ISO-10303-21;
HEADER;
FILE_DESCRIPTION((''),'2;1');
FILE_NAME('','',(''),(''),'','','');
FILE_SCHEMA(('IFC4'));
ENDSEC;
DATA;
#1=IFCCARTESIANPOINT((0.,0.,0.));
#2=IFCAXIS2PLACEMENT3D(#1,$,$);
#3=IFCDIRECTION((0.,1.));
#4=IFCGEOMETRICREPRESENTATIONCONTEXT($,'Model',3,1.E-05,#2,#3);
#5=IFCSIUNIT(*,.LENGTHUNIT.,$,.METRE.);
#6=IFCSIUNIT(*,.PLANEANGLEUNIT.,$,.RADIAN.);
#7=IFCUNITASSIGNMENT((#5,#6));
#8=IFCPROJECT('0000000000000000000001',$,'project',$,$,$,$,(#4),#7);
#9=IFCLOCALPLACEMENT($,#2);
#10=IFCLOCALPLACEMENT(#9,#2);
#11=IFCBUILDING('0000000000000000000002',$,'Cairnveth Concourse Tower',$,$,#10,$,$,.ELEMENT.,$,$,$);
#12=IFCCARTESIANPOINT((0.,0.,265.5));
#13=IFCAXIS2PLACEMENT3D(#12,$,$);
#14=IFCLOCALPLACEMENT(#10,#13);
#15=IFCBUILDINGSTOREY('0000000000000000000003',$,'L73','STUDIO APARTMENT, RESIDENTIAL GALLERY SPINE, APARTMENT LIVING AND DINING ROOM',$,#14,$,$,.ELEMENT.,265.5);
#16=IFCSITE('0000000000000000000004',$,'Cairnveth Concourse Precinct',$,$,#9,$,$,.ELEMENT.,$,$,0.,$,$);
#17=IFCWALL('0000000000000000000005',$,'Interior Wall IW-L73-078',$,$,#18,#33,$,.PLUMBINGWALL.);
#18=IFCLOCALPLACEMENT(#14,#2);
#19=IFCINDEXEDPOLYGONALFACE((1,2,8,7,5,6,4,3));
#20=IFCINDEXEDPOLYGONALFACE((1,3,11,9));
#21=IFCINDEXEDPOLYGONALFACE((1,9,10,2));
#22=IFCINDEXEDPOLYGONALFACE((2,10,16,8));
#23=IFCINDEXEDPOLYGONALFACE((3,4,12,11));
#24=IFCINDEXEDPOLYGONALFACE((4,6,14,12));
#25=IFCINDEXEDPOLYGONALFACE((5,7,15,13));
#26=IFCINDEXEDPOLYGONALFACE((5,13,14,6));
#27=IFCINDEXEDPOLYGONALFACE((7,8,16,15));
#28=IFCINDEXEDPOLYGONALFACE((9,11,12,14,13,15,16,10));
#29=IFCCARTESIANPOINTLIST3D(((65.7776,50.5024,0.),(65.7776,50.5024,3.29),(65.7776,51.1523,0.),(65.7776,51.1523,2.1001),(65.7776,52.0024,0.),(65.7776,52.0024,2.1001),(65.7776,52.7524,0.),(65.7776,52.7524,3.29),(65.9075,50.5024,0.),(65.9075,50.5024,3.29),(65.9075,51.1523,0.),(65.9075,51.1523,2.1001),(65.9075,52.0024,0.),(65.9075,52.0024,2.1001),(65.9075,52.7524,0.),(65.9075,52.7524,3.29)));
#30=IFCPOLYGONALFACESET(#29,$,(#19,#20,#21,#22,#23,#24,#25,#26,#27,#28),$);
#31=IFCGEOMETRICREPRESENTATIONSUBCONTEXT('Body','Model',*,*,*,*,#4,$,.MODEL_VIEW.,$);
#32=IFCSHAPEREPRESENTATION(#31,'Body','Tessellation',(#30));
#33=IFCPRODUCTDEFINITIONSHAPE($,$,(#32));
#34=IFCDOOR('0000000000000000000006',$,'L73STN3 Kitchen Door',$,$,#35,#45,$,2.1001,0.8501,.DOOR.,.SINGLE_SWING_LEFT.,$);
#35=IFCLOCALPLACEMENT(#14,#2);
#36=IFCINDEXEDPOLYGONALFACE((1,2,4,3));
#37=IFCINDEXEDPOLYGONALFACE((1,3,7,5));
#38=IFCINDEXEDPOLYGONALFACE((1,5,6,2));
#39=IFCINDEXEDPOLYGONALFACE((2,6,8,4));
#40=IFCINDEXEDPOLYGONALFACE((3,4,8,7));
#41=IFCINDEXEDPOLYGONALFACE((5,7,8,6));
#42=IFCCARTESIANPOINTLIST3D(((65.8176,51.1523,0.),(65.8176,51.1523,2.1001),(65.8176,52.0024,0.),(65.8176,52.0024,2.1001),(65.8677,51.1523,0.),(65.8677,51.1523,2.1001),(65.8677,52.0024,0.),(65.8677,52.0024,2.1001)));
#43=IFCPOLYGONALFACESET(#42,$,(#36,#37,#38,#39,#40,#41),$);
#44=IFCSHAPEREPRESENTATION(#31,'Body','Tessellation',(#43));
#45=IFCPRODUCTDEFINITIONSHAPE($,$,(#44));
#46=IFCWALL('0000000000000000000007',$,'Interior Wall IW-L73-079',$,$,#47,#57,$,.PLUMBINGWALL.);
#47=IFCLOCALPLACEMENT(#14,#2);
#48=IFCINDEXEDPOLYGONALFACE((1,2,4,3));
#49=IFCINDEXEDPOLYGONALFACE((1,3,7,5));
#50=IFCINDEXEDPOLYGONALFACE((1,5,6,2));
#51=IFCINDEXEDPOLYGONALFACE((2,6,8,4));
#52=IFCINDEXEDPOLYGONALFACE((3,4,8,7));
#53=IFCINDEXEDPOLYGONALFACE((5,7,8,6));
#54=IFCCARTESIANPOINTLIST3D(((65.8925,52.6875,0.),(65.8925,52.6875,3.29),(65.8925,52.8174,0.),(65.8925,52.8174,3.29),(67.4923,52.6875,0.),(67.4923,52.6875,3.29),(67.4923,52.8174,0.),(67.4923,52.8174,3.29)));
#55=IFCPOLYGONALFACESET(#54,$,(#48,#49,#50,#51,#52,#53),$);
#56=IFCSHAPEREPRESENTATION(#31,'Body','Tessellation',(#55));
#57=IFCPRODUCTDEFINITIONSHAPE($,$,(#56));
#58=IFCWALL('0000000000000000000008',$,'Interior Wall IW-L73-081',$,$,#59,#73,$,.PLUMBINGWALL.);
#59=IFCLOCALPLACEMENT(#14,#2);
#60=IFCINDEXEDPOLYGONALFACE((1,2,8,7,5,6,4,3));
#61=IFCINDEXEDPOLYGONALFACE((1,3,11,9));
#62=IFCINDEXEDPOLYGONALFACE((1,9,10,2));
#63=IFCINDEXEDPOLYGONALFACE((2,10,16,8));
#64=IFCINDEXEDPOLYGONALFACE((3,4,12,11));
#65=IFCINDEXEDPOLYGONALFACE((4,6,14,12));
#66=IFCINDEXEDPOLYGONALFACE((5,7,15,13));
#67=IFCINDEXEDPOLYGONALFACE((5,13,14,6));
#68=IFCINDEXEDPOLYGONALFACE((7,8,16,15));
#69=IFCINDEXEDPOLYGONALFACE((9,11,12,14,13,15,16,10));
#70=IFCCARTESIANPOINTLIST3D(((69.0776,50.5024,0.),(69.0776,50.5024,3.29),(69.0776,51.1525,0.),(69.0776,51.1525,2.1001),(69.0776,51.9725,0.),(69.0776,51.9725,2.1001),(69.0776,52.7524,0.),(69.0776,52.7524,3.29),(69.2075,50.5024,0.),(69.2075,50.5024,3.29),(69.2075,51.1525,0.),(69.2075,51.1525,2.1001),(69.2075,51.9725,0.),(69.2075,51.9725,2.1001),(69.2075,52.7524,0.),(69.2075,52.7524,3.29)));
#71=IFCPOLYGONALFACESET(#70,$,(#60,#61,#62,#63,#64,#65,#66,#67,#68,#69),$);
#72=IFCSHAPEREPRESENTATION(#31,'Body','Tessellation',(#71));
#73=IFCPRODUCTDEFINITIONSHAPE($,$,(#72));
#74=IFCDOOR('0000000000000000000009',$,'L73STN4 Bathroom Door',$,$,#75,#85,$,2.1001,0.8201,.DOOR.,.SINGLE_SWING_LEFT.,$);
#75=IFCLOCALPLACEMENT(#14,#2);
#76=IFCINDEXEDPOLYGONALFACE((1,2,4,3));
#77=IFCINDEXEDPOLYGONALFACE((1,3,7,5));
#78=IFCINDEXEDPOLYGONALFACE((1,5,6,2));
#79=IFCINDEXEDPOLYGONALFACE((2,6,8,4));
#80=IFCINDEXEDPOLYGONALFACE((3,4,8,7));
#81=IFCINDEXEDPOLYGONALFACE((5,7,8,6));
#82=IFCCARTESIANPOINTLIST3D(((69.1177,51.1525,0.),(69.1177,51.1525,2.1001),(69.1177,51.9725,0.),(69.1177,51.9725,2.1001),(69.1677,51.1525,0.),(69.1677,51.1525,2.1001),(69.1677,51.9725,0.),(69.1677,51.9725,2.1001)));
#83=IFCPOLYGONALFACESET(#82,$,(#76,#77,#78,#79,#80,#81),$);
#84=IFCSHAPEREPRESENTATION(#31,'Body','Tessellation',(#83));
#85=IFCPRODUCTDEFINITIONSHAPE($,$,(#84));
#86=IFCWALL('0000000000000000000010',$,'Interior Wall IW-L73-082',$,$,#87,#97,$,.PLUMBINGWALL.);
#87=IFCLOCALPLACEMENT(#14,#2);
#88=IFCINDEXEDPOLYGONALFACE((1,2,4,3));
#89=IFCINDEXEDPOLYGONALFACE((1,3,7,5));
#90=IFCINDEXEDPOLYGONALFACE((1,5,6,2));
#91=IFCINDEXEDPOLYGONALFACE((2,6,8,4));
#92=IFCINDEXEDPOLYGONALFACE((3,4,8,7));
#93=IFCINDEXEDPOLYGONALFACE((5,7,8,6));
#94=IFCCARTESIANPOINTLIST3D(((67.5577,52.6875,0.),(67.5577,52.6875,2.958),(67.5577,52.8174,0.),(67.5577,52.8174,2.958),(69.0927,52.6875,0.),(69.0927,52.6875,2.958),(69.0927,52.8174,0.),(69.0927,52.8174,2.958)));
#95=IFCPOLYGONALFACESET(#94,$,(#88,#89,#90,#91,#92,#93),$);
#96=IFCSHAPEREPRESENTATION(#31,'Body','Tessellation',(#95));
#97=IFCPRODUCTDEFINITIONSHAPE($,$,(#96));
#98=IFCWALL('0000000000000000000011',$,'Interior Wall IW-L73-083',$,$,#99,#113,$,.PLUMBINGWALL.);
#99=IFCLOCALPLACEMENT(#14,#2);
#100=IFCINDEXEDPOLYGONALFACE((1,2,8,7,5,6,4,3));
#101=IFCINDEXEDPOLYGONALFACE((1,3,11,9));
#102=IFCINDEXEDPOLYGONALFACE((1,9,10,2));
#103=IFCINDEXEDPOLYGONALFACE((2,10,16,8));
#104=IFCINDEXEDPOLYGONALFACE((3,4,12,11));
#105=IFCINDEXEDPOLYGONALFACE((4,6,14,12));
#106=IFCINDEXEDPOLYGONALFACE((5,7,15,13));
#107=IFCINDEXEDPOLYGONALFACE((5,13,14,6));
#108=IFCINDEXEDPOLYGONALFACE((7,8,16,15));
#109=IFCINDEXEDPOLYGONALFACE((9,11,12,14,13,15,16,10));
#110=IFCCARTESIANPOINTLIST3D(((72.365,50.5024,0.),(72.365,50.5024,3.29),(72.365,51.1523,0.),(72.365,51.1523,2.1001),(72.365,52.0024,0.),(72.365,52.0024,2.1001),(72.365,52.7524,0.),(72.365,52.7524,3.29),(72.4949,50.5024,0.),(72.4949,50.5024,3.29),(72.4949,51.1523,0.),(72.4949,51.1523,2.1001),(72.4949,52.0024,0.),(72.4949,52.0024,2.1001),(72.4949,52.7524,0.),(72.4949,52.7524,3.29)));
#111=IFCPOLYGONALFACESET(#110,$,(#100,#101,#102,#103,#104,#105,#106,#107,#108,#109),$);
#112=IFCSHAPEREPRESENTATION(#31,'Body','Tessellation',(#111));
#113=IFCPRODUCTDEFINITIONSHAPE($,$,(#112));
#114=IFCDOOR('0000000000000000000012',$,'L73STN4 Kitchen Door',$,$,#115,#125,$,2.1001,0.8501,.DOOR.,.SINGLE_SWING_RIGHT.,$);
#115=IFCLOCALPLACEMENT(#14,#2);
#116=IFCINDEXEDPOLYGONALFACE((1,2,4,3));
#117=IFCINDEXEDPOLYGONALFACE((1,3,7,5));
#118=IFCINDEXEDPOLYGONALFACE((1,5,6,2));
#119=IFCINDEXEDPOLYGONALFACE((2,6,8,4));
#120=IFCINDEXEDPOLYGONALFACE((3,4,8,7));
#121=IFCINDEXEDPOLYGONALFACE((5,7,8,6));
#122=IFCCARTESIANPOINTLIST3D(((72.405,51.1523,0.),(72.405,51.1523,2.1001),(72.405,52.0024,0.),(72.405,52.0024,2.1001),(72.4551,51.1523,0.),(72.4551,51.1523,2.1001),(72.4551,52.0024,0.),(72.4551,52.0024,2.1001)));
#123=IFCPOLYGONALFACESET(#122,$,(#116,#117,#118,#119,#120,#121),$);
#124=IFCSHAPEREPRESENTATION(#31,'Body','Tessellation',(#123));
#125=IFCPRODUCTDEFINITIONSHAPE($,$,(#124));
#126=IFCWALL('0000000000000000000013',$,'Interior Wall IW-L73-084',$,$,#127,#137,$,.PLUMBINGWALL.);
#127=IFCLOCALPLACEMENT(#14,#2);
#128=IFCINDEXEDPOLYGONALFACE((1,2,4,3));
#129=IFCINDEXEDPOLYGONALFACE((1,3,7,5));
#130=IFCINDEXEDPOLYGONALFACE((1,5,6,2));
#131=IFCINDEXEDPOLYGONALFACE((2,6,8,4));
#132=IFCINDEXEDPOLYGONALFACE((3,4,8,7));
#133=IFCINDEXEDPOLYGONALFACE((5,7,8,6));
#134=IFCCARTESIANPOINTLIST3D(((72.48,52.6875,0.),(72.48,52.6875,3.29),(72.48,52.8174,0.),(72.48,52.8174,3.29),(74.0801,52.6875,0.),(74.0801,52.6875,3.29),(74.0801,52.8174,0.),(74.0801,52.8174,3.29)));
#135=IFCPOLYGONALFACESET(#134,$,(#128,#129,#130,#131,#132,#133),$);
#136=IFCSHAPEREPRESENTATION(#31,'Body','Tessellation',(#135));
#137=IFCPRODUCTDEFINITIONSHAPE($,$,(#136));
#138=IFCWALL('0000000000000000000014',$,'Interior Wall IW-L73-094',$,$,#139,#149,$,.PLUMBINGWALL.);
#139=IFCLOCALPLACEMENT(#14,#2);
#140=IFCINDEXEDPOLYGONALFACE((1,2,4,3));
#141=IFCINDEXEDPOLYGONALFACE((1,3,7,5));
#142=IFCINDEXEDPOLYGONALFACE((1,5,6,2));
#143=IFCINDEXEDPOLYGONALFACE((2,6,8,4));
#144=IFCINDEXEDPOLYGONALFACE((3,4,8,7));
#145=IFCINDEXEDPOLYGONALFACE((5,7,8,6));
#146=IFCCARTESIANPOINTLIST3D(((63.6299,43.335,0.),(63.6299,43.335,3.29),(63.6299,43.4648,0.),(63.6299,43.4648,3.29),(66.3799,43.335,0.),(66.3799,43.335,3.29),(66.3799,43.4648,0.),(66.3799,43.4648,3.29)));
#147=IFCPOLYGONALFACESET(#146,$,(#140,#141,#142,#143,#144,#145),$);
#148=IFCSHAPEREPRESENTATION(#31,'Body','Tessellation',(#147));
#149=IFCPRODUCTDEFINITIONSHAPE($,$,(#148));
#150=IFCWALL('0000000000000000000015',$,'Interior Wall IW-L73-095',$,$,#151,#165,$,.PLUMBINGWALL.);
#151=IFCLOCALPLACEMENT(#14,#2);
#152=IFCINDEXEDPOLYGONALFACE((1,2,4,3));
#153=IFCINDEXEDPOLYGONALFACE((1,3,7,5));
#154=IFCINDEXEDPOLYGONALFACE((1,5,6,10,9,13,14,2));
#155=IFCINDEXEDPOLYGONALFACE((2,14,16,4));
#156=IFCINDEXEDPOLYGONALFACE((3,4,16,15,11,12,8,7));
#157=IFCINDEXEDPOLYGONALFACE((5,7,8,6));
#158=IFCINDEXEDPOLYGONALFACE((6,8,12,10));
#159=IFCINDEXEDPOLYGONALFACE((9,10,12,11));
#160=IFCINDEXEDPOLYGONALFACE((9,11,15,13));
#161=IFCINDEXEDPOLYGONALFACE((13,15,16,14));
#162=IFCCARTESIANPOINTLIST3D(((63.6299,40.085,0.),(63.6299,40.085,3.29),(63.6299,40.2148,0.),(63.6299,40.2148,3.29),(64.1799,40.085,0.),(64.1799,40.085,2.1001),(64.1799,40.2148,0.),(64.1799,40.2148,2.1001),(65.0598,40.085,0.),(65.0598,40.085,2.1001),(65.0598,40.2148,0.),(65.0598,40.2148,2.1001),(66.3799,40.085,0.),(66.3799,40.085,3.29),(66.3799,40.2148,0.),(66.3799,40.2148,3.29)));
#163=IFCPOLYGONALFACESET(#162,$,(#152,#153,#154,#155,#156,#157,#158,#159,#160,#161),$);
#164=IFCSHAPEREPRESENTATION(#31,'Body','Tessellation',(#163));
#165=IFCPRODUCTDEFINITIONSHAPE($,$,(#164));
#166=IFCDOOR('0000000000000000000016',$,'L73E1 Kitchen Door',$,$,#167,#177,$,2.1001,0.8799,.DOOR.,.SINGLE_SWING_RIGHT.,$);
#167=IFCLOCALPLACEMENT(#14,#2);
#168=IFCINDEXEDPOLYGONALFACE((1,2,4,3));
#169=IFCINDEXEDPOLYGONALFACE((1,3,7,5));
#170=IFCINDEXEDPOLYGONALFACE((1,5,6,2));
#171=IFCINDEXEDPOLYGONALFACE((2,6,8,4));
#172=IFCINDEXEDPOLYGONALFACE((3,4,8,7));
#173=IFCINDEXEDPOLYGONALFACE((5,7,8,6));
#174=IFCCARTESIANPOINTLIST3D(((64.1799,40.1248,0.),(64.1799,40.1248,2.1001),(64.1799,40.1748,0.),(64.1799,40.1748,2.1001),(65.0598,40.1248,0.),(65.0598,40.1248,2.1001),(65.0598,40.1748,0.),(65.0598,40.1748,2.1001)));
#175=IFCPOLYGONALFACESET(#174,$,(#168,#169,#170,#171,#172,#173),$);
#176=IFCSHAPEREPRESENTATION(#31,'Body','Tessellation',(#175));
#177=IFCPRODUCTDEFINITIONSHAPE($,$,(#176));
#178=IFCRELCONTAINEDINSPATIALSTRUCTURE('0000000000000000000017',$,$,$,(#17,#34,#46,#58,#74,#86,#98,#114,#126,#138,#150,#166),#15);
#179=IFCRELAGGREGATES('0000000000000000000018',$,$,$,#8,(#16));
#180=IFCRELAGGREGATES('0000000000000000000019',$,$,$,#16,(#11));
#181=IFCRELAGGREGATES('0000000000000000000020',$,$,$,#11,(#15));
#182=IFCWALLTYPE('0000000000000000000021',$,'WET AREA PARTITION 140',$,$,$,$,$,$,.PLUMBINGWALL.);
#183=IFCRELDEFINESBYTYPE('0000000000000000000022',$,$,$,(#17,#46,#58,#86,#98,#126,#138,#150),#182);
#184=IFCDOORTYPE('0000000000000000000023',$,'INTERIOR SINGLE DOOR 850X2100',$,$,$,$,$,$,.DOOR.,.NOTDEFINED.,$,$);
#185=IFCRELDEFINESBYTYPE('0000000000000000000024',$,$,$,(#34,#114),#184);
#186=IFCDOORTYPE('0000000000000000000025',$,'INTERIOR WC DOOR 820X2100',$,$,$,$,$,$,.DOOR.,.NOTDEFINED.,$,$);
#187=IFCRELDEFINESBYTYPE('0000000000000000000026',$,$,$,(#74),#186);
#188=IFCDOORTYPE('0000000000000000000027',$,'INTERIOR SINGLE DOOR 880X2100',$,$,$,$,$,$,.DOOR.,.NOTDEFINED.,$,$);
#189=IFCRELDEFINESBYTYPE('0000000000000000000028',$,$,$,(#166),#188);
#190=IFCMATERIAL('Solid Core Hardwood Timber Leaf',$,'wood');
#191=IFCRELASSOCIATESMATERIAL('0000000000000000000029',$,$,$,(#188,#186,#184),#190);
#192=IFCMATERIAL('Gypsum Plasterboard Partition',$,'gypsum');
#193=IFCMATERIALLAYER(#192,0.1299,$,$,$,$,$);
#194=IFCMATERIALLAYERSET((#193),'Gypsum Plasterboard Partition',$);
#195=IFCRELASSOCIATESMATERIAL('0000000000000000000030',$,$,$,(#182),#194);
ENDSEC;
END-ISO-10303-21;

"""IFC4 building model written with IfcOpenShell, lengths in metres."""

from ifc_helpers import new_model, si_unit, direction, frame, frame_2d, origin, place, context, subcontext, project, spatial, rectangle, extrude, material, layer, layer_set, type_object, element, fill, save


model = new_model("IFC4")

# Units and contexts
model_context = context("Model", 3, precision=1e-05, world=origin(), true_north=direction((0.0, 1.0)))
body_context = subcontext(model_context, "Body", "Model", "MODEL_VIEW")
ifc_project = project(units=[si_unit("LENGTHUNIT", "METRE"), si_unit("PLANEANGLEUNIT", "RADIAN")], contexts=[model_context])

# Site, building, storey
site_placement = place(None, origin())
site = spatial("IfcSite", under=ifc_project, at=site_placement, Name="Cairnveth Concourse Precinct", CompositionType="ELEMENT", RefElevation=0.0)
building_placement = place(site_placement, origin())
building = spatial("IfcBuilding", under=site, at=building_placement, Name="Cairnveth Concourse Tower", CompositionType="ELEMENT")
storey_placement = place(building_placement, frame((0.0, 0.0, 265.5)))
storey = spatial("IfcBuildingStorey", under=building, at=storey_placement, Name="L73", Description="STUDIO APARTMENT, RESIDENTIAL GALLERY SPINE, APARTMENT LIVING AND DINING ROOM", CompositionType="ELEMENT", Elevation=265.5)

# Shared definitions
ifc_material_1 = material(Name="Gypsum Plasterboard Partition", Category="gypsum")

# Wall, opening, door
ifc_material_2 = material(Name="Solid Core Hardwood Timber Leaf", Category="wood")
door_type_1 = type_object("IfcDoorType", Name="INTERIOR SINGLE DOOR 880X2100", OperationType="NOTDEFINED", PredefinedType="DOOR", material=ifc_material_2)
door_type_2 = type_object("IfcDoorType", Name="INTERIOR WC DOOR 820X2100", OperationType="NOTDEFINED", PredefinedType="DOOR", material=ifc_material_2)
ifc_layer_1 = layer(ifc_material_1, 0.1299)
ifc_layer_set_1 = layer_set([ifc_layer_1], Name="Gypsum Plasterboard Partition")
wall_type_1 = type_object("IfcWallType", Name="WET AREA PARTITION 140", PredefinedType="PLUMBINGWALL", material=ifc_layer_set_1)
wall_1_placement = place(storey_placement, frame((65.8425, 50.5024, 0.0), z_axis=(0.0, 0.0, 1.0), x_axis=(0.0, 1.0, 0.0)))
wall_1 = element("IfcWall", 1, at=wall_1_placement, inside=storey, type_object=wall_type_1, Name="Interior Wall IW-L73-078", PredefinedType="PLUMBINGWALL", context=body_context, shape_type="SweptSolid", body=[
    extrude(rectangle(XDim=2.25, YDim=0.1299, at=frame_2d((1.125, 0.0))), origin(), (0.0, 0.0, 1.0), 3.29),
])
opening_1_placement = place(wall_1_placement, frame((0.6499, 0.0, 0.0)))
opening_1 = element("IfcOpeningElement", 2, at=opening_1_placement, cuts=wall_1, PredefinedType="OPENING", context=body_context, shape_type="SweptSolid", body=[
    extrude(rectangle(XDim=0.8501, YDim=2.1001, at=frame_2d((0.425, 1.05))), frame((0.0, 0.075, 0.0), z_axis=(0.0, -1.0, 0.0), x_axis=(1.0, 0.0, 0.0)), (0.0, 0.0, 1.0), 0.1499),
])
door_type_3 = type_object("IfcDoorType", Name="INTERIOR SINGLE DOOR 850X2100", OperationType="NOTDEFINED", PredefinedType="DOOR", material=ifc_material_2)
door_1_placement = place(opening_1_placement, origin())
door_1 = element("IfcDoor", 3, at=door_1_placement, inside=storey, type_object=door_type_3, Name="L73STN3 Kitchen Door", OperationType="SINGLE_SWING_LEFT", OverallHeight=2.1001, OverallWidth=0.8501, PredefinedType="DOOR", context=body_context, shape_type="SweptSolid", body=[
    extrude(rectangle(XDim=0.8501, YDim=2.1001, at=frame_2d((0.425, 1.05))), frame((0.0, 0.0249, 0.0), z_axis=(0.0, -1.0, 0.0), x_axis=(1.0, 0.0, 0.0)), (0.0, 0.0, 1.0), 0.05),
])
fill(opening_1, door_1)

# Wall
wall_2_placement = place(storey_placement, frame((65.8926, 52.7524, 0.0), z_axis=(0.0, 0.0, 1.0), x_axis=(1.0, 0.0, 0.0)))
element("IfcWall", 4, at=wall_2_placement, inside=storey, type_object=wall_type_1, Name="Interior Wall IW-L73-079", PredefinedType="PLUMBINGWALL", context=body_context, shape_type="SweptSolid", body=[
    extrude(rectangle(XDim=1.5999, YDim=0.1299, at=frame_2d((0.7998, 0.0))), origin(), (0.0, 0.0, 1.0), 3.29),
])

# Wall, opening, door
wall_3_placement = place(storey_placement, frame((69.1426, 50.5024, 0.0), z_axis=(0.0, 0.0, 1.0), x_axis=(0.0, 1.0, 0.0)))
wall_3 = element("IfcWall", 5, at=wall_3_placement, inside=storey, type_object=wall_type_1, Name="Interior Wall IW-L73-081", PredefinedType="PLUMBINGWALL", context=body_context, shape_type="SweptSolid", body=[
    extrude(rectangle(XDim=2.25, YDim=0.1299, at=frame_2d((1.125, 0.0))), origin(), (0.0, 0.0, 1.0), 3.29),
])
opening_2_placement = place(wall_3_placement, frame((0.6499, 0.0, 0.0)))
opening_2 = element("IfcOpeningElement", 6, at=opening_2_placement, cuts=wall_3, PredefinedType="OPENING", context=body_context, shape_type="SweptSolid", body=[
    extrude(rectangle(XDim=0.8201, YDim=2.1001, at=frame_2d((0.4102, 1.05))), frame((0.0, 0.075, 0.0), z_axis=(0.0, -1.0, 0.0), x_axis=(1.0, 0.0, 0.0)), (0.0, 0.0, 1.0), 0.1499),
])
door_2_placement = place(opening_2_placement, origin())
door_2 = element("IfcDoor", 7, at=door_2_placement, inside=storey, type_object=door_type_2, Name="L73STN4 Bathroom Door", OperationType="SINGLE_SWING_LEFT", OverallHeight=2.1001, OverallWidth=0.8201, PredefinedType="DOOR", context=body_context, shape_type="SweptSolid", body=[
    extrude(rectangle(XDim=0.8201, YDim=2.1001, at=frame_2d((0.4102, 1.05))), frame((0.0, 0.0249, 0.0), z_axis=(0.0, -1.0, 0.0), x_axis=(1.0, 0.0, 0.0)), (0.0, 0.0, 1.0), 0.05),
])
fill(opening_2, door_2)

# Wall
wall_4_placement = place(storey_placement, frame((67.5576, 52.7524, 0.0), z_axis=(0.0, 0.0, 1.0), x_axis=(1.0, 0.0, 0.0)))
element("IfcWall", 8, at=wall_4_placement, inside=storey, type_object=wall_type_1, Name="Interior Wall IW-L73-082", PredefinedType="PLUMBINGWALL", context=body_context, shape_type="SweptSolid", body=[
    extrude(rectangle(XDim=1.5349, YDim=0.1299, at=frame_2d((0.7676, 0.0))), origin(), (0.0, 0.0, 1.0), 2.958),
])

# Wall, opening, door
wall_5_placement = place(storey_placement, frame((72.4299, 50.5024, 0.0), z_axis=(0.0, 0.0, 1.0), x_axis=(0.0, 1.0, 0.0)))
wall_5 = element("IfcWall", 9, at=wall_5_placement, inside=storey, type_object=wall_type_1, Name="Interior Wall IW-L73-083", PredefinedType="PLUMBINGWALL", context=body_context, shape_type="SweptSolid", body=[
    extrude(rectangle(XDim=2.25, YDim=0.1299, at=frame_2d((1.125, 0.0))), origin(), (0.0, 0.0, 1.0), 3.29),
])
opening_3_placement = place(wall_5_placement, frame((0.6499, 0.0, 0.0)))
opening_3 = element("IfcOpeningElement", 10, at=opening_3_placement, cuts=wall_5, PredefinedType="OPENING", context=body_context, shape_type="SweptSolid", body=[
    extrude(rectangle(XDim=0.8501, YDim=2.1001, at=frame_2d((0.425, 1.05))), frame((0.0, 0.075, 0.0), z_axis=(0.0, -1.0, 0.0), x_axis=(1.0, 0.0, 0.0)), (0.0, 0.0, 1.0), 0.1499),
])
door_3_placement = place(opening_3_placement, origin())
door_3 = element("IfcDoor", 11, at=door_3_placement, inside=storey, type_object=door_type_3, Name="L73STN4 Kitchen Door", OperationType="SINGLE_SWING_RIGHT", OverallHeight=2.1001, OverallWidth=0.8501, PredefinedType="DOOR", context=body_context, shape_type="SweptSolid", body=[
    extrude(rectangle(XDim=0.8501, YDim=2.1001, at=frame_2d((0.425, 1.05))), frame((0.0, 0.0249, 0.0), z_axis=(0.0, -1.0, 0.0), x_axis=(1.0, 0.0, 0.0)), (0.0, 0.0, 1.0), 0.05),
])
fill(opening_3, door_3)

# Walls
wall_6_placement = place(storey_placement, frame((72.48, 52.7524, 0.0), z_axis=(0.0, 0.0, 1.0), x_axis=(1.0, 0.0, 0.0)))
element("IfcWall", 12, at=wall_6_placement, inside=storey, type_object=wall_type_1, Name="Interior Wall IW-L73-084", PredefinedType="PLUMBINGWALL", context=body_context, shape_type="SweptSolid", body=[
    extrude(rectangle(XDim=1.6001, YDim=0.1299, at=frame_2d((0.8, 0.0))), origin(), (0.0, 0.0, 1.0), 3.29),
])
wall_7_placement = place(storey_placement, frame((63.6299, 43.3999, 0.0), z_axis=(0.0, 0.0, 1.0), x_axis=(1.0, 0.0, 0.0)))
element("IfcWall", 13, at=wall_7_placement, inside=storey, type_object=wall_type_1, Name="Interior Wall IW-L73-094", PredefinedType="PLUMBINGWALL", context=body_context, shape_type="SweptSolid", body=[
    extrude(rectangle(XDim=2.75, YDim=0.1299, at=frame_2d((1.375, 0.0))), origin(), (0.0, 0.0, 1.0), 3.29),
])

# Wall, opening, door
wall_8_placement = place(storey_placement, frame((63.6299, 40.1499, 0.0), z_axis=(0.0, 0.0, 1.0), x_axis=(1.0, 0.0, 0.0)))
wall_8 = element("IfcWall", 14, at=wall_8_placement, inside=storey, type_object=wall_type_1, Name="Interior Wall IW-L73-095", PredefinedType="PLUMBINGWALL", context=body_context, shape_type="SweptSolid", body=[
    extrude(rectangle(XDim=2.75, YDim=0.1299, at=frame_2d((1.375, 0.0))), origin(), (0.0, 0.0, 1.0), 3.29),
])
opening_4_placement = place(wall_8_placement, frame((0.55, 0.0, 0.0)))
opening_4 = element("IfcOpeningElement", 15, at=opening_4_placement, cuts=wall_8, PredefinedType="OPENING", context=body_context, shape_type="SweptSolid", body=[
    extrude(rectangle(XDim=0.8799, YDim=2.1001, at=frame_2d((0.4399, 1.05))), frame((0.0, 0.075, 0.0), z_axis=(0.0, -1.0, 0.0), x_axis=(1.0, 0.0, 0.0)), (0.0, 0.0, 1.0), 0.1499),
])
door_4_placement = place(opening_4_placement, origin())
door_4 = element("IfcDoor", 16, at=door_4_placement, inside=storey, type_object=door_type_1, Name="L73E1 Kitchen Door", OperationType="SINGLE_SWING_RIGHT", OverallHeight=2.1001, OverallWidth=0.8799, PredefinedType="DOOR", context=body_context, shape_type="SweptSolid", body=[
    extrude(rectangle(XDim=0.8799, YDim=2.1001, at=frame_2d((0.4399, 1.05))), frame((0.0, 0.0249, 0.0), z_axis=(0.0, -1.0, 0.0), x_axis=(1.0, 0.0, 0.0)), (0.0, 0.0, 1.0), 0.05),
])
fill(opening_4, door_4)

save(model, "model.ifc")
